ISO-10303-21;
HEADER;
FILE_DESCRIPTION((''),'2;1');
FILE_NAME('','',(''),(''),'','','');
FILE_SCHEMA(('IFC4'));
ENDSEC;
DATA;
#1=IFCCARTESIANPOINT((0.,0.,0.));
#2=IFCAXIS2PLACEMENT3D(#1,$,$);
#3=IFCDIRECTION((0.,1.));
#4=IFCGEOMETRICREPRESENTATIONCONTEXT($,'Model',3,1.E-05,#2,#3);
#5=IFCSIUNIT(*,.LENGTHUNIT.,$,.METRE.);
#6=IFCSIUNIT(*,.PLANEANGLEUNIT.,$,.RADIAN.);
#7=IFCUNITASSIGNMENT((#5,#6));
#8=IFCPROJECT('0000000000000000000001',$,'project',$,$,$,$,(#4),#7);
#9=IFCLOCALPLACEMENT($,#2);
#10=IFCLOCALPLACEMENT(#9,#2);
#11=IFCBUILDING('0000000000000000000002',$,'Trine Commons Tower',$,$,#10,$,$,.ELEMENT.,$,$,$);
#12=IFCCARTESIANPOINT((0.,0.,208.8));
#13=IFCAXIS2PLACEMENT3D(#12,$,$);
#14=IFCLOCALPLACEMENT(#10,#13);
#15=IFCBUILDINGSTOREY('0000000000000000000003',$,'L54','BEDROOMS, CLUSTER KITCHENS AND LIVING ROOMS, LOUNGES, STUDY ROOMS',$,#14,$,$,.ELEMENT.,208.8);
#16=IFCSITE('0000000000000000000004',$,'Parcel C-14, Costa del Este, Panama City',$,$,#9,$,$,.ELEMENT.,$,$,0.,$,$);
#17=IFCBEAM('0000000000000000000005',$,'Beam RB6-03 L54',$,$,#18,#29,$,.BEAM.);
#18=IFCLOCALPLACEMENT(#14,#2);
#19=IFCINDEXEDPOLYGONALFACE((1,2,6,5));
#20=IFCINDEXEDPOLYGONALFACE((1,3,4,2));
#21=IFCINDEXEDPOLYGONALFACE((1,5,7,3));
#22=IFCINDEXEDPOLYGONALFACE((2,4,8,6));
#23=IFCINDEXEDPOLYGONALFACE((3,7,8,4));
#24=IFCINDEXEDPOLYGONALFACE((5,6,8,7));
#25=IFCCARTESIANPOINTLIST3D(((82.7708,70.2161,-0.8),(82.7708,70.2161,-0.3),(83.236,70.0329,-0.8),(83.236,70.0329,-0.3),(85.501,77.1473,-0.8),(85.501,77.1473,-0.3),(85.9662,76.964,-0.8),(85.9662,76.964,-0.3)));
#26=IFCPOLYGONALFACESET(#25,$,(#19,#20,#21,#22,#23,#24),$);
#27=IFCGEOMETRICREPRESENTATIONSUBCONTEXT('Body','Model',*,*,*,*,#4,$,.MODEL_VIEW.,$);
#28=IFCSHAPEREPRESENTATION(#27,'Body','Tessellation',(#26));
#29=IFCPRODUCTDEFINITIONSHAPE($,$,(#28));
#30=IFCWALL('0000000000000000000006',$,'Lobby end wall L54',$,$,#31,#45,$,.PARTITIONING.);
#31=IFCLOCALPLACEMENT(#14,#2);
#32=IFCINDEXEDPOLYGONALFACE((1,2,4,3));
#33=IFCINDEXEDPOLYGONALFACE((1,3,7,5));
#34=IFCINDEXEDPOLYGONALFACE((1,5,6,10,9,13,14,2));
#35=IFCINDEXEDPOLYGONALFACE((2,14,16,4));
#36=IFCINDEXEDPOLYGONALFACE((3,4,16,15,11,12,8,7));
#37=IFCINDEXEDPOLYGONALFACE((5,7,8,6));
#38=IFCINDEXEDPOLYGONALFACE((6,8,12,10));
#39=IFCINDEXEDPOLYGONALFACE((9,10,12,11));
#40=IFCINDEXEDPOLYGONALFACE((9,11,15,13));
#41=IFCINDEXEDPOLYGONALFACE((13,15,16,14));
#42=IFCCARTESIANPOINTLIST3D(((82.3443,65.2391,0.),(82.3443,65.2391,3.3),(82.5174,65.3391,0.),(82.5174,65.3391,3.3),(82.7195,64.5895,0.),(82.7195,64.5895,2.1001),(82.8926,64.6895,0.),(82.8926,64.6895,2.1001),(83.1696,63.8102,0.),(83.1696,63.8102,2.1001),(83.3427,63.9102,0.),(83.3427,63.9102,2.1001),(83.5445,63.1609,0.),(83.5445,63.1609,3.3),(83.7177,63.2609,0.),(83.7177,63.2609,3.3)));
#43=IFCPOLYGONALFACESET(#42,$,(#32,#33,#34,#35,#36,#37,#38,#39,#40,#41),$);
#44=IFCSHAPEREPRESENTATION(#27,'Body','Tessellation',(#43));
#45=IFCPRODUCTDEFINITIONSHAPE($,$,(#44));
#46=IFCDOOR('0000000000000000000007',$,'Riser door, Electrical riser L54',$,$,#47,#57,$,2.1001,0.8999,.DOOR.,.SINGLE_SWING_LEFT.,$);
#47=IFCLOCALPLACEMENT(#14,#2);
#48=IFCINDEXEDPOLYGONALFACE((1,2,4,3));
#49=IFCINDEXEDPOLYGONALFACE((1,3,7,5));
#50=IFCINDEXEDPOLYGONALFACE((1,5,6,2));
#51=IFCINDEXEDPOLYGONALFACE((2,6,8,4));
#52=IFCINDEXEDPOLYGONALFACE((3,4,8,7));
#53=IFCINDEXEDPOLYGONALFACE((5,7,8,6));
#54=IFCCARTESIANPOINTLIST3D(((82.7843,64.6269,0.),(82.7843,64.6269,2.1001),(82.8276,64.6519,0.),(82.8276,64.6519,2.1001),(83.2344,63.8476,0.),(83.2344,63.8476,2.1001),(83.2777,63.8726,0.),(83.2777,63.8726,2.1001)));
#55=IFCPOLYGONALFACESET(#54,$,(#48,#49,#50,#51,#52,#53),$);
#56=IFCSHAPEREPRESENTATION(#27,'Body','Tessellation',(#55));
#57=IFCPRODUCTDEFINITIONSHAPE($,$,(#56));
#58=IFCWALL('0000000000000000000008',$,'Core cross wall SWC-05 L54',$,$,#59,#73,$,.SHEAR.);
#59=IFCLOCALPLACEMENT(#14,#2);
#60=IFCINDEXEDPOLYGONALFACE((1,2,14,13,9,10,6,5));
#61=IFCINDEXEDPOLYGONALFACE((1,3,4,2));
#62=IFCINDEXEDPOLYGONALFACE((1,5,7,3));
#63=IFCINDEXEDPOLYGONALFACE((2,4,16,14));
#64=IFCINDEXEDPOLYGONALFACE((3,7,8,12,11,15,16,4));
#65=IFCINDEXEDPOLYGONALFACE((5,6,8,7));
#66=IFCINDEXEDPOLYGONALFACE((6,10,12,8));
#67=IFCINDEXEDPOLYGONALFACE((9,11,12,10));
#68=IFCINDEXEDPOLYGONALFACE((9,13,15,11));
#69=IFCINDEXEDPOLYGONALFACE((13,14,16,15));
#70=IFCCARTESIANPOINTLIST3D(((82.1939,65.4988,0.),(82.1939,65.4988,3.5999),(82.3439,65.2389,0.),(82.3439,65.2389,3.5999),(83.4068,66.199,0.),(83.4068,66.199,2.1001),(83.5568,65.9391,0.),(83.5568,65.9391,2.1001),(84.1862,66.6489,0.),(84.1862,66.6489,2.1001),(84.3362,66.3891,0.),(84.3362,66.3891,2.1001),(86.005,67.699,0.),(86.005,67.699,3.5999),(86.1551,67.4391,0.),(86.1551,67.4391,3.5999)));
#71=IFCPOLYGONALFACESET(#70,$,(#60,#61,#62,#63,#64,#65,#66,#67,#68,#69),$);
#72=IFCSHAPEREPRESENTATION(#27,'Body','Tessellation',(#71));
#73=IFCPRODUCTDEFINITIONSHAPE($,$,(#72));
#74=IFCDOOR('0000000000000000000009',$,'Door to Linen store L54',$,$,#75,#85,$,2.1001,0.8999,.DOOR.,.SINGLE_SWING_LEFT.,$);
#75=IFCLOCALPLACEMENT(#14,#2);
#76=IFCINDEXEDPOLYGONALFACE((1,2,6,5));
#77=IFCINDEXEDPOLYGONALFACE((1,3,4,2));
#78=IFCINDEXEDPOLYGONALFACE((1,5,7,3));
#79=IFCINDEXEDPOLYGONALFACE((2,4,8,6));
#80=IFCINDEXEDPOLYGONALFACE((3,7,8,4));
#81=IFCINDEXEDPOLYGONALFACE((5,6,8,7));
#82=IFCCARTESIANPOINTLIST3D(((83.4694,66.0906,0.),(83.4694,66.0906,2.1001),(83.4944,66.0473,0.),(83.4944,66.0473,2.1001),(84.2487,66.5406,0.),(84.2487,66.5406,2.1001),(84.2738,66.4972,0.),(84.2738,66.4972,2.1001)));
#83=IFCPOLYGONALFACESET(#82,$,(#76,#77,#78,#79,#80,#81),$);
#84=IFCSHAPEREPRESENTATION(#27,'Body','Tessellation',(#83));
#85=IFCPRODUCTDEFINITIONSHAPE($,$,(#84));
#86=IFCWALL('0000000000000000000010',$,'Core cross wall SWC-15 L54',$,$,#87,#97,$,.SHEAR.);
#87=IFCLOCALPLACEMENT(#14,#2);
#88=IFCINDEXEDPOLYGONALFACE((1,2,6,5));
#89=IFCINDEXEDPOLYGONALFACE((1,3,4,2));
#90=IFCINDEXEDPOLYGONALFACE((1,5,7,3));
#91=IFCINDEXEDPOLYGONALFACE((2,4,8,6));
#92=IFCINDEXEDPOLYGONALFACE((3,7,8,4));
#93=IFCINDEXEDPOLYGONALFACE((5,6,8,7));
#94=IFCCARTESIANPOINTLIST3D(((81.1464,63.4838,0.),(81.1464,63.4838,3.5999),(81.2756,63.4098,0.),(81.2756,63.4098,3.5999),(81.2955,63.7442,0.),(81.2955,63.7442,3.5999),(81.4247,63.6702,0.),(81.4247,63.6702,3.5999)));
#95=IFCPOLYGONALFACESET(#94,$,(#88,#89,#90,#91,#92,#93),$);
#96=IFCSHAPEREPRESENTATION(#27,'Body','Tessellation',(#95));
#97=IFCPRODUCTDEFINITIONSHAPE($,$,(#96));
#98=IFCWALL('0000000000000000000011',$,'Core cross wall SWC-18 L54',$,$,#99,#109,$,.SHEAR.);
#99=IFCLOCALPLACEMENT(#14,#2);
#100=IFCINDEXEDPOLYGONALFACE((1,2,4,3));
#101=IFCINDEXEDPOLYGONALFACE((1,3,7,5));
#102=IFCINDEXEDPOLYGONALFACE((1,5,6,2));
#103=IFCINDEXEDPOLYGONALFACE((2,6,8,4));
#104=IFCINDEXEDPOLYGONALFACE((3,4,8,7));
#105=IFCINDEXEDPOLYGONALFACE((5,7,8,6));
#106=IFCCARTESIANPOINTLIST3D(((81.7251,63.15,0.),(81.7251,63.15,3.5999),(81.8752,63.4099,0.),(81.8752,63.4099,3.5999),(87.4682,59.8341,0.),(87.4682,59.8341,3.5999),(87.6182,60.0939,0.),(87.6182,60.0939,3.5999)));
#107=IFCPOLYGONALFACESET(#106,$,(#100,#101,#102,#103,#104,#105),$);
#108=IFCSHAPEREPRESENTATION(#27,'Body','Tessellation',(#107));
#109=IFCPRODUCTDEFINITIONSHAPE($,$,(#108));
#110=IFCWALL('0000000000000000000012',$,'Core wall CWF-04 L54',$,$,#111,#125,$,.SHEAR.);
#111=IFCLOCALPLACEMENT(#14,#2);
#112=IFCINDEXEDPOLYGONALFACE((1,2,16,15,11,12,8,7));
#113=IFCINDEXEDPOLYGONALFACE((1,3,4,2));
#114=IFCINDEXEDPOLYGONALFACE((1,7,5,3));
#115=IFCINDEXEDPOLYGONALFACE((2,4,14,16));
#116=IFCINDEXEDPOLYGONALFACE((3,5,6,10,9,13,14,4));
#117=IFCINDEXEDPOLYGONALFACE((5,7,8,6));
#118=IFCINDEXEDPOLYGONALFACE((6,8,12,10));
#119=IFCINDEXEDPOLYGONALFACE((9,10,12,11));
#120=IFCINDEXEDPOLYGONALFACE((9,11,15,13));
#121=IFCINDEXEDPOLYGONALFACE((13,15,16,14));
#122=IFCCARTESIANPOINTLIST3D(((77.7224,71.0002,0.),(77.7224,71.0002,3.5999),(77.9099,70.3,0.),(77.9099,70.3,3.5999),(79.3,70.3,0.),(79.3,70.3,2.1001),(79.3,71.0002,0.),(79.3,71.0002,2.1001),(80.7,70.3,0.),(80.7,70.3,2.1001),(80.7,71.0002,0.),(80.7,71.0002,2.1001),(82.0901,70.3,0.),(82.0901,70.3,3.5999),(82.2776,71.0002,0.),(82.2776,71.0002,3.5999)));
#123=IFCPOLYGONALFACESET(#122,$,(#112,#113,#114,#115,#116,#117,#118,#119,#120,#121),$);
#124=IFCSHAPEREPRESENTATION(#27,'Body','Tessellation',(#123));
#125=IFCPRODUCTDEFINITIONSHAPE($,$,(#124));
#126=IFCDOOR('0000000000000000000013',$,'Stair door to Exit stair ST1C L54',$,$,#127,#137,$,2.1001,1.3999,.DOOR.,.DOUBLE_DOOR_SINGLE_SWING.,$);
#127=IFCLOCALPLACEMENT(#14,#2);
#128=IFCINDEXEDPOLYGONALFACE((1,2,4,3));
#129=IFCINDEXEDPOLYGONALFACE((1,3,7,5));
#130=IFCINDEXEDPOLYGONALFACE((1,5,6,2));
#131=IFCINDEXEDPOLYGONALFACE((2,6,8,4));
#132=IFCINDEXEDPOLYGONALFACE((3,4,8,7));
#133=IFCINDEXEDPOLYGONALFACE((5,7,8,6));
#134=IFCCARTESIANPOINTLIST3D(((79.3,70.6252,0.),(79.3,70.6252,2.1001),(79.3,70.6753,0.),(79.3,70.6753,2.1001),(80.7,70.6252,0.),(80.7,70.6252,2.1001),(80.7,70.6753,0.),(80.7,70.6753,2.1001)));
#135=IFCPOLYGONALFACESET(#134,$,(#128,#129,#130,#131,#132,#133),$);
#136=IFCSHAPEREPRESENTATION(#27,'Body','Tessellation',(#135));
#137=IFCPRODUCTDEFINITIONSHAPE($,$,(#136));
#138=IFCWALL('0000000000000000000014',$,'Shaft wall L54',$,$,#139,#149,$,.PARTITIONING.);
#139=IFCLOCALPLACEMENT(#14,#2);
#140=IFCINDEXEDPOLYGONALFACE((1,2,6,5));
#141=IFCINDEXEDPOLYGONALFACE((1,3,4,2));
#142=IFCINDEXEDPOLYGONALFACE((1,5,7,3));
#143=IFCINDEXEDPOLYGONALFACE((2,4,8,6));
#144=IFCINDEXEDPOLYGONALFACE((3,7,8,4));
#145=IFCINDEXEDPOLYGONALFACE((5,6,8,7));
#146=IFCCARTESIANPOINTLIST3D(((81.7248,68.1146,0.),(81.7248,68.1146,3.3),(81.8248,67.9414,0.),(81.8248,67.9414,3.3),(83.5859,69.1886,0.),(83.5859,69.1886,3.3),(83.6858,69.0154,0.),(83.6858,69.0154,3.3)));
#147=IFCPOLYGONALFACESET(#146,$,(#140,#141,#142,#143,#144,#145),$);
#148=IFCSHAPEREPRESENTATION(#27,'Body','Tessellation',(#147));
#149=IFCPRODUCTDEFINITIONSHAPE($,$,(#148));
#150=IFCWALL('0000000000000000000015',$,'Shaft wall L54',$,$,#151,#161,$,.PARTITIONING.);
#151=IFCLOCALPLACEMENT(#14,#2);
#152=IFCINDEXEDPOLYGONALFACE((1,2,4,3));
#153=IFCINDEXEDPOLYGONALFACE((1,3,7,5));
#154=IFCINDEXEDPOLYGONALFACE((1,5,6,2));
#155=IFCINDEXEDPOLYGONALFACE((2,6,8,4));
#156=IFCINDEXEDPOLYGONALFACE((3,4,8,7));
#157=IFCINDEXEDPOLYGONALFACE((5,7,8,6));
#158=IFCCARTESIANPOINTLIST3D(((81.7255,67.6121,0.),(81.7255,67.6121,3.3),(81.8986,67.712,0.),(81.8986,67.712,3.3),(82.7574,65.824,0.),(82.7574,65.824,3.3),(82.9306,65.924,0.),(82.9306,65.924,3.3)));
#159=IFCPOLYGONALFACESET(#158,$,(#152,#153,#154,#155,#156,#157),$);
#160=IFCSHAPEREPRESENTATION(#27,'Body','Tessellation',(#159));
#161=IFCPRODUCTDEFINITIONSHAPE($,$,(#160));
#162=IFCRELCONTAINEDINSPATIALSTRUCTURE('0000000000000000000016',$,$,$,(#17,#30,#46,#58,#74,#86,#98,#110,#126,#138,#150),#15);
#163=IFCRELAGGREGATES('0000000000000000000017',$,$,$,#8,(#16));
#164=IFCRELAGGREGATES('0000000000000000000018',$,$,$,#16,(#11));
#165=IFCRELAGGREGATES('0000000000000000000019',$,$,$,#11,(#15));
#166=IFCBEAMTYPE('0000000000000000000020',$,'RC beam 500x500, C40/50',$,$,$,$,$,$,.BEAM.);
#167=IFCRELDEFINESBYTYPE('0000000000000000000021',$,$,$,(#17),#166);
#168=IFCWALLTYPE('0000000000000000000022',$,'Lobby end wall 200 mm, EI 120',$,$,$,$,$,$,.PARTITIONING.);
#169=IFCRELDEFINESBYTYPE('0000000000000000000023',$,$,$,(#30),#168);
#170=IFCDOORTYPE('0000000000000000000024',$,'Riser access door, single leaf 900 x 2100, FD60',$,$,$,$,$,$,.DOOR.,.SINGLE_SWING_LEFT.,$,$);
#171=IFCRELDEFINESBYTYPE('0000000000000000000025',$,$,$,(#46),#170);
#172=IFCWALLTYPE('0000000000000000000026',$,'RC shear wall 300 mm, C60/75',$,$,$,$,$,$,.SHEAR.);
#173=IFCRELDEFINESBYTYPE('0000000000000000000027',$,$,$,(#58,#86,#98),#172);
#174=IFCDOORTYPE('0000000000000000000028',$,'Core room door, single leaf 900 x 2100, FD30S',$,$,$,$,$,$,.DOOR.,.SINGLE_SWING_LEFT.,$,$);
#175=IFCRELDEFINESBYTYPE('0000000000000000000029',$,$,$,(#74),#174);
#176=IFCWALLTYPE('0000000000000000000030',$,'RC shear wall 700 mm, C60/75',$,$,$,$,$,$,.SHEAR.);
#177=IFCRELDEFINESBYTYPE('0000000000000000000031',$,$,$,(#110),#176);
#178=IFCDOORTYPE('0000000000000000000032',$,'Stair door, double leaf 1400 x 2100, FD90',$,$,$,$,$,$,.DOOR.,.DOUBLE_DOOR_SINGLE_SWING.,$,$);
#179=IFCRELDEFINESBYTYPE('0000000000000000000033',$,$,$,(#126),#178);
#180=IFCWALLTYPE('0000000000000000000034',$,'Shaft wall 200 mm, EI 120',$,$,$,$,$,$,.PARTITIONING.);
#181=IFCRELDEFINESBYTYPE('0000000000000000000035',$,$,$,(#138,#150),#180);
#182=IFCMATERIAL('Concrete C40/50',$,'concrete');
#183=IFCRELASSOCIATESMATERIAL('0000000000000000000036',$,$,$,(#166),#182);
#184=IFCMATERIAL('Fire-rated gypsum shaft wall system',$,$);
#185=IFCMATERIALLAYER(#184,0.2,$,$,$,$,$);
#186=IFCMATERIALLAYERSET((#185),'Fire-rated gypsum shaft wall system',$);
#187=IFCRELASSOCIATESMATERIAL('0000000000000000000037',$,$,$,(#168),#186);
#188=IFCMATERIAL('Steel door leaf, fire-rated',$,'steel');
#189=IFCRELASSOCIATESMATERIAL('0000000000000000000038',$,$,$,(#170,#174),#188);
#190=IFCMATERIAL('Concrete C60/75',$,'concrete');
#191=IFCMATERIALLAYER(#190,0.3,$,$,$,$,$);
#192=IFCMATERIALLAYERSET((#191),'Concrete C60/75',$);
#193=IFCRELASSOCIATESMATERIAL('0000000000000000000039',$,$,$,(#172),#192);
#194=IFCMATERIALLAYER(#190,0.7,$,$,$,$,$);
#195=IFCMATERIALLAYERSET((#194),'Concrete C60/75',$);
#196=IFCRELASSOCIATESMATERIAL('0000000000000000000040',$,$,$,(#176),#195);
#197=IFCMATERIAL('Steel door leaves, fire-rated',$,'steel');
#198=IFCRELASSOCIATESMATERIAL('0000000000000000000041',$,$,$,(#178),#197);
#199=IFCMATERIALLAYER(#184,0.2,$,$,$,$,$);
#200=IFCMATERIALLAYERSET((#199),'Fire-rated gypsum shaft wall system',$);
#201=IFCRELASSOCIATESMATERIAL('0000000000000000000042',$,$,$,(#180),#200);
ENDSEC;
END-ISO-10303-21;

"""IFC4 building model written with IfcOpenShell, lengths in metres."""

from ifc_helpers import new_model, si_unit, direction, frame, frame_2d, origin, origin_2d, place, context, subcontext, project, spatial, polyline, rectangle, outline, extrude, material, layer, layer_set, material_profile, profile_set, type_object, element, fill, save


model = new_model("IFC4")

# Units and contexts
model_context = context("Model", 3, precision=1e-05, world=origin(), true_north=direction((0.0, 1.0)))
body_context = subcontext(model_context, "Body", "Model", "MODEL_VIEW")
ifc_project = project(units=[si_unit("LENGTHUNIT", "METRE"), si_unit("PLANEANGLEUNIT", "RADIAN")], contexts=[model_context])

# Site, building, storey
site_placement = place(None, origin())
site = spatial("IfcSite", under=ifc_project, at=site_placement, Name="Parcel C-14, Costa del Este, Panama City", CompositionType="ELEMENT", RefElevation=0.0)
building_placement = place(site_placement, origin())
building = spatial("IfcBuilding", under=site, at=building_placement, Name="Trine Commons Tower", CompositionType="ELEMENT")
storey_placement = place(building_placement, frame((0.0, 0.0, 208.8)))
storey = spatial("IfcBuildingStorey", under=building, at=storey_placement, Name="L54", Description="BEDROOMS, CLUSTER KITCHENS AND LIVING ROOMS, LOUNGES, STUDY ROOMS", CompositionType="ELEMENT", Elevation=208.8)

# Beam
ifc_material_1 = material(Name="Concrete C40/50", Category="concrete")
ifc_material_profile = material_profile(ifc_material_1, rectangle(XDim=0.5, YDim=0.5, at=origin_2d()), Name="RC 500x500")
ifc_profile_set = profile_set([ifc_material_profile], Name="Concrete C40/50")
beam_type = type_object("IfcBeamType", Name="RC beam 500x500, C40/50", PredefinedType="BEAM", material=ifc_profile_set)
beam_placement = place(storey_placement, frame((83.0034, 70.1245, -0.55), z_axis=(0.366498, 0.930419, 0.0), x_axis=(-0.930419, 0.366498, 0.0)))
element("IfcBeam", 1, at=beam_placement, inside=storey, type_object=beam_type, Name="Beam RB6-03 L54", PredefinedType="BEAM", context=body_context, shape_type="SweptSolid", body=[
    extrude(rectangle(XDim=0.5, YDim=0.5, at=origin_2d()), origin(), (0.0, 0.0, 1.0), 7.4495),
])

# Walls, openings, doors
ifc_material_2 = material(Name="Fire-rated gypsum shaft wall system")
ifc_layer_1 = layer(ifc_material_2, 0.2)
ifc_layer_set_1 = layer_set([ifc_layer_1], Name="Fire-rated gypsum shaft wall system")
wall_type_1 = type_object("IfcWallType", Name="Lobby end wall 200 mm, EI 120", PredefinedType="PARTITIONING", material=ifc_layer_set_1)
wall_1_placement = place(storey_placement, frame((83.6311, 63.2109, 0.0), z_axis=(0.0, 0.0, 1.0), x_axis=(-0.500122, 0.865955, 0.0)))
wall_1 = element("IfcWall", 2, at=wall_1_placement, inside=storey, type_object=wall_type_1, Name="Lobby end wall L54", PredefinedType="PARTITIONING", context=body_context, shape_type="SweptSolid", body=[
    extrude(rectangle(XDim=2.3999, YDim=0.2, at=frame_2d((1.2, 0.0))), origin(), (0.0, 0.0, 1.0), 3.3),
])
opening_1_placement = place(wall_1_placement, frame((0.7498, 0.0, 0.0)))
opening_1 = element("IfcOpeningElement", 3, at=opening_1_placement, cuts=wall_1, PredefinedType="OPENING", context=body_context, shape_type="SweptSolid", body=[
    extrude(rectangle(XDim=0.8999, YDim=2.1001, at=frame_2d((0.45, 1.05))), frame((0.0, 0.1099, 0.0), z_axis=(0.0, -1.0, 0.0), x_axis=(1.0, 0.0, 0.0)), (0.0, 0.0, 1.0), 0.22),
])
ifc_material_3 = material(Name="Steel door leaf, fire-rated", Category="steel")
door_type_1 = type_object("IfcDoorType", Name="Riser access door, single leaf 900 x 2100, FD60", OperationType="SINGLE_SWING_LEFT", PredefinedType="DOOR", material=ifc_material_3)
door_1_placement = place(opening_1_placement, frame((0.8999, 0.0, 0.0), z_axis=(0.0, 0.0, 1.0), x_axis=(-1.0, 0.0, 0.0)))
door_1 = element("IfcDoor", 4, at=door_1_placement, inside=storey, type_object=door_type_1, Name="Riser door, Electrical riser L54", OperationType="SINGLE_SWING_LEFT", OverallHeight=2.1001, OverallWidth=0.8999, PredefinedType="DOOR", context=body_context, shape_type="SweptSolid", body=[
    extrude(rectangle(XDim=0.8999, YDim=2.1001, at=frame_2d((0.45, 1.05))), frame((0.0, 0.0249, 0.0), z_axis=(0.0, -1.0, 0.0), x_axis=(1.0, 0.0, 0.0)), (0.0, 0.0, 1.0), 0.05),
])
fill(opening_1, door_1)
ifc_material_4 = material(Name="Concrete C60/75", Category="concrete")
ifc_layer_2 = layer(ifc_material_4, 0.3)
ifc_layer_set_2 = layer_set([ifc_layer_2], Name="Concrete C60/75")
wall_type_2 = type_object("IfcWallType", Name="RC shear wall 300 mm, C60/75", PredefinedType="SHEAR", material=ifc_layer_set_2)
wall_2_placement = place(storey_placement, frame((82.269, 65.3689, 0.0), z_axis=(0.0, 0.0, 1.0), x_axis=(0.866036, 0.499982, 0.0)))
wall_2 = element("IfcWall", 5, at=wall_2_placement, inside=storey, type_object=wall_type_2, Name="Core cross wall SWC-05 L54", PredefinedType="SHEAR", context=body_context, shape_type="SweptSolid", body=[
    extrude(rectangle(XDim=4.4006, YDim=0.3, at=frame_2d((2.2002, 0.0))), origin(), (0.0, 0.0, 1.0), 3.5999),
])
opening_2_placement = place(wall_2_placement, frame((1.4004, 0.0, 0.0)))
opening_2 = element("IfcOpeningElement", 6, at=opening_2_placement, cuts=wall_2, PredefinedType="OPENING", context=body_context, shape_type="SweptSolid", body=[
    extrude(rectangle(XDim=0.8999, YDim=2.1001, at=frame_2d((0.45, 1.05))), frame((0.0, 0.1599, 0.0), z_axis=(0.0, -1.0, 0.0), x_axis=(1.0, 0.0, 0.0)), (0.0, 0.0, 1.0), 0.3201),
])
door_type_2 = type_object("IfcDoorType", Name="Core room door, single leaf 900 x 2100, FD30S", OperationType="SINGLE_SWING_LEFT", PredefinedType="DOOR", material=ifc_material_3)
door_2_placement = place(opening_2_placement, origin())
door_2 = element("IfcDoor", 7, at=door_2_placement, inside=storey, type_object=door_type_2, Name="Door to Linen store L54", OperationType="SINGLE_SWING_LEFT", OverallHeight=2.1001, OverallWidth=0.8999, PredefinedType="DOOR", context=body_context, shape_type="SweptSolid", body=[
    extrude(rectangle(XDim=0.8999, YDim=2.1001, at=frame_2d((0.45, 1.05))), frame((0.0, 0.0249, 0.0), z_axis=(0.0, -1.0, 0.0), x_axis=(1.0, 0.0, 0.0)), (0.0, 0.0, 1.0), 0.05),
])
fill(opening_2, door_2)

# Walls
wall_3_placement = place(storey_placement, frame((81.2209, 63.614, 0.0), z_axis=(0.0, 0.0, 1.0), x_axis=(0.867738, -0.497022, 0.0)))
element("IfcWall", 8, at=wall_3_placement, inside=storey, type_object=wall_type_2, Name="Core cross wall SWC-15 L54", PredefinedType="SHEAR", context=body_context, shape_type="SweptSolid", body=[
    extrude(rectangle(XDim=0.1489, YDim=0.3, at=frame_2d((0.0745, 0.0))), origin(), (0.0, 0.0, 1.0), 3.5999),
])
wall_4_placement = place(storey_placement, frame((81.8, 63.28, 0.0), z_axis=(0.0, 0.0, 1.0), x_axis=(0.86601, -0.500027, 0.0)))
element("IfcWall", 9, at=wall_4_placement, inside=storey, type_object=wall_type_2, Name="Core cross wall SWC-18 L54", PredefinedType="SHEAR", context=body_context, shape_type="SweptSolid", body=[
    extrude(rectangle(XDim=6.6316, YDim=0.3, at=frame_2d((3.3159, 0.0))), origin(), (0.0, 0.0, 1.0), 3.5999),
])

# Wall, opening, door
ifc_layer_3 = layer(ifc_material_4, 0.7)
ifc_layer_set_3 = layer_set([ifc_layer_3], Name="Concrete C60/75")
wall_type_3 = type_object("IfcWallType", Name="RC shear wall 700 mm, C60/75", PredefinedType="SHEAR", material=ifc_layer_set_3)
wall_5_placement = place(storey_placement, frame((82.2776, 70.6501, 0.0), z_axis=(0.0, 0.0, 1.0), x_axis=(-1.0, 0.0, 0.0)))
wall_5 = element("IfcWall", 10, at=wall_5_placement, inside=storey, type_object=wall_type_3, Name="Core wall CWF-04 L54", PredefinedType="SHEAR", context=body_context, shape_type="SweptSolid", body=[
    extrude(outline(polyline([(0.0, -0.3501), (4.5552, -0.3501), (4.3677, 0.3501), (0.1875, 0.3501), (0.0, -0.3501)])), origin(), (0.0, 0.0, 1.0), 3.5999),
])
opening_3_placement = place(wall_5_placement, frame((1.5776, 0.0, 0.0)))
opening_3 = element("IfcOpeningElement", 11, at=opening_3_placement, cuts=wall_5, PredefinedType="OPENING", context=body_context, shape_type="SweptSolid", body=[
    extrude(rectangle(XDim=1.3999, YDim=2.1001, at=frame_2d((0.7, 1.05))), frame((0.0, 0.3599, 0.0), z_axis=(0.0, -1.0, 0.0), x_axis=(1.0, 0.0, 0.0)), (0.0, 0.0, 1.0), 0.72),
])
ifc_material_5 = material(Name="Steel door leaves, fire-rated", Category="steel")
door_type_3 = type_object("IfcDoorType", Name="Stair door, double leaf 1400 x 2100, FD90", OperationType="DOUBLE_DOOR_SINGLE_SWING", PredefinedType="DOOR", material=ifc_material_5)
door_3_placement = place(opening_3_placement, origin())
door_3 = element("IfcDoor", 12, at=door_3_placement, inside=storey, type_object=door_type_3, Name="Stair door to Exit stair ST1C L54", OperationType="DOUBLE_DOOR_SINGLE_SWING", OverallHeight=2.1001, OverallWidth=1.3999, PredefinedType="DOOR", context=body_context, shape_type="SweptSolid", body=[
    extrude(rectangle(XDim=1.3999, YDim=2.1001, at=frame_2d((0.7, 1.05))), frame((0.0, 0.0249, 0.0), z_axis=(0.0, -1.0, 0.0), x_axis=(1.0, 0.0, 0.0)), (0.0, 0.0, 1.0), 0.05),
])
fill(opening_3, door_3)

# Walls
ifc_layer_4 = layer(ifc_material_2, 0.2)
ifc_layer_set_4 = layer_set([ifc_layer_4], Name="Fire-rated gypsum shaft wall system")
wall_type_4 = type_object("IfcWallType", Name="Shaft wall 200 mm, EI 120", PredefinedType="PARTITIONING", material=ifc_layer_set_4)
wall_6_placement = place(storey_placement, frame((81.7749, 68.0281, 0.0), z_axis=(0.0, 0.0, 1.0), x_axis=(0.866131, 0.499818, 0.0)))
element("IfcWall", 13, at=wall_6_placement, inside=storey, type_object=wall_type_4, Name="Shaft wall L54", PredefinedType="PARTITIONING", context=body_context, shape_type="SweptSolid", body=[
    extrude(rectangle(XDim=2.1487, YDim=0.2, at=frame_2d((1.0742, 0.0))), origin(), (0.0, 0.0, 1.0), 3.3),
])
wall_7_placement = place(storey_placement, frame((82.844, 65.874, 0.0), z_axis=(0.0, 0.0, 1.0), x_axis=(-0.499866, 0.866103, 0.0)))
element("IfcWall", 14, at=wall_7_placement, inside=storey, type_object=wall_type_4, Name="Shaft wall L54", PredefinedType="PARTITIONING", context=body_context, shape_type="SweptSolid", body=[
    extrude(rectangle(XDim=2.0645, YDim=0.2, at=frame_2d((1.0322, 0.0))), origin(), (0.0, 0.0, 1.0), 3.3),
])

save(model, "model.ifc")
